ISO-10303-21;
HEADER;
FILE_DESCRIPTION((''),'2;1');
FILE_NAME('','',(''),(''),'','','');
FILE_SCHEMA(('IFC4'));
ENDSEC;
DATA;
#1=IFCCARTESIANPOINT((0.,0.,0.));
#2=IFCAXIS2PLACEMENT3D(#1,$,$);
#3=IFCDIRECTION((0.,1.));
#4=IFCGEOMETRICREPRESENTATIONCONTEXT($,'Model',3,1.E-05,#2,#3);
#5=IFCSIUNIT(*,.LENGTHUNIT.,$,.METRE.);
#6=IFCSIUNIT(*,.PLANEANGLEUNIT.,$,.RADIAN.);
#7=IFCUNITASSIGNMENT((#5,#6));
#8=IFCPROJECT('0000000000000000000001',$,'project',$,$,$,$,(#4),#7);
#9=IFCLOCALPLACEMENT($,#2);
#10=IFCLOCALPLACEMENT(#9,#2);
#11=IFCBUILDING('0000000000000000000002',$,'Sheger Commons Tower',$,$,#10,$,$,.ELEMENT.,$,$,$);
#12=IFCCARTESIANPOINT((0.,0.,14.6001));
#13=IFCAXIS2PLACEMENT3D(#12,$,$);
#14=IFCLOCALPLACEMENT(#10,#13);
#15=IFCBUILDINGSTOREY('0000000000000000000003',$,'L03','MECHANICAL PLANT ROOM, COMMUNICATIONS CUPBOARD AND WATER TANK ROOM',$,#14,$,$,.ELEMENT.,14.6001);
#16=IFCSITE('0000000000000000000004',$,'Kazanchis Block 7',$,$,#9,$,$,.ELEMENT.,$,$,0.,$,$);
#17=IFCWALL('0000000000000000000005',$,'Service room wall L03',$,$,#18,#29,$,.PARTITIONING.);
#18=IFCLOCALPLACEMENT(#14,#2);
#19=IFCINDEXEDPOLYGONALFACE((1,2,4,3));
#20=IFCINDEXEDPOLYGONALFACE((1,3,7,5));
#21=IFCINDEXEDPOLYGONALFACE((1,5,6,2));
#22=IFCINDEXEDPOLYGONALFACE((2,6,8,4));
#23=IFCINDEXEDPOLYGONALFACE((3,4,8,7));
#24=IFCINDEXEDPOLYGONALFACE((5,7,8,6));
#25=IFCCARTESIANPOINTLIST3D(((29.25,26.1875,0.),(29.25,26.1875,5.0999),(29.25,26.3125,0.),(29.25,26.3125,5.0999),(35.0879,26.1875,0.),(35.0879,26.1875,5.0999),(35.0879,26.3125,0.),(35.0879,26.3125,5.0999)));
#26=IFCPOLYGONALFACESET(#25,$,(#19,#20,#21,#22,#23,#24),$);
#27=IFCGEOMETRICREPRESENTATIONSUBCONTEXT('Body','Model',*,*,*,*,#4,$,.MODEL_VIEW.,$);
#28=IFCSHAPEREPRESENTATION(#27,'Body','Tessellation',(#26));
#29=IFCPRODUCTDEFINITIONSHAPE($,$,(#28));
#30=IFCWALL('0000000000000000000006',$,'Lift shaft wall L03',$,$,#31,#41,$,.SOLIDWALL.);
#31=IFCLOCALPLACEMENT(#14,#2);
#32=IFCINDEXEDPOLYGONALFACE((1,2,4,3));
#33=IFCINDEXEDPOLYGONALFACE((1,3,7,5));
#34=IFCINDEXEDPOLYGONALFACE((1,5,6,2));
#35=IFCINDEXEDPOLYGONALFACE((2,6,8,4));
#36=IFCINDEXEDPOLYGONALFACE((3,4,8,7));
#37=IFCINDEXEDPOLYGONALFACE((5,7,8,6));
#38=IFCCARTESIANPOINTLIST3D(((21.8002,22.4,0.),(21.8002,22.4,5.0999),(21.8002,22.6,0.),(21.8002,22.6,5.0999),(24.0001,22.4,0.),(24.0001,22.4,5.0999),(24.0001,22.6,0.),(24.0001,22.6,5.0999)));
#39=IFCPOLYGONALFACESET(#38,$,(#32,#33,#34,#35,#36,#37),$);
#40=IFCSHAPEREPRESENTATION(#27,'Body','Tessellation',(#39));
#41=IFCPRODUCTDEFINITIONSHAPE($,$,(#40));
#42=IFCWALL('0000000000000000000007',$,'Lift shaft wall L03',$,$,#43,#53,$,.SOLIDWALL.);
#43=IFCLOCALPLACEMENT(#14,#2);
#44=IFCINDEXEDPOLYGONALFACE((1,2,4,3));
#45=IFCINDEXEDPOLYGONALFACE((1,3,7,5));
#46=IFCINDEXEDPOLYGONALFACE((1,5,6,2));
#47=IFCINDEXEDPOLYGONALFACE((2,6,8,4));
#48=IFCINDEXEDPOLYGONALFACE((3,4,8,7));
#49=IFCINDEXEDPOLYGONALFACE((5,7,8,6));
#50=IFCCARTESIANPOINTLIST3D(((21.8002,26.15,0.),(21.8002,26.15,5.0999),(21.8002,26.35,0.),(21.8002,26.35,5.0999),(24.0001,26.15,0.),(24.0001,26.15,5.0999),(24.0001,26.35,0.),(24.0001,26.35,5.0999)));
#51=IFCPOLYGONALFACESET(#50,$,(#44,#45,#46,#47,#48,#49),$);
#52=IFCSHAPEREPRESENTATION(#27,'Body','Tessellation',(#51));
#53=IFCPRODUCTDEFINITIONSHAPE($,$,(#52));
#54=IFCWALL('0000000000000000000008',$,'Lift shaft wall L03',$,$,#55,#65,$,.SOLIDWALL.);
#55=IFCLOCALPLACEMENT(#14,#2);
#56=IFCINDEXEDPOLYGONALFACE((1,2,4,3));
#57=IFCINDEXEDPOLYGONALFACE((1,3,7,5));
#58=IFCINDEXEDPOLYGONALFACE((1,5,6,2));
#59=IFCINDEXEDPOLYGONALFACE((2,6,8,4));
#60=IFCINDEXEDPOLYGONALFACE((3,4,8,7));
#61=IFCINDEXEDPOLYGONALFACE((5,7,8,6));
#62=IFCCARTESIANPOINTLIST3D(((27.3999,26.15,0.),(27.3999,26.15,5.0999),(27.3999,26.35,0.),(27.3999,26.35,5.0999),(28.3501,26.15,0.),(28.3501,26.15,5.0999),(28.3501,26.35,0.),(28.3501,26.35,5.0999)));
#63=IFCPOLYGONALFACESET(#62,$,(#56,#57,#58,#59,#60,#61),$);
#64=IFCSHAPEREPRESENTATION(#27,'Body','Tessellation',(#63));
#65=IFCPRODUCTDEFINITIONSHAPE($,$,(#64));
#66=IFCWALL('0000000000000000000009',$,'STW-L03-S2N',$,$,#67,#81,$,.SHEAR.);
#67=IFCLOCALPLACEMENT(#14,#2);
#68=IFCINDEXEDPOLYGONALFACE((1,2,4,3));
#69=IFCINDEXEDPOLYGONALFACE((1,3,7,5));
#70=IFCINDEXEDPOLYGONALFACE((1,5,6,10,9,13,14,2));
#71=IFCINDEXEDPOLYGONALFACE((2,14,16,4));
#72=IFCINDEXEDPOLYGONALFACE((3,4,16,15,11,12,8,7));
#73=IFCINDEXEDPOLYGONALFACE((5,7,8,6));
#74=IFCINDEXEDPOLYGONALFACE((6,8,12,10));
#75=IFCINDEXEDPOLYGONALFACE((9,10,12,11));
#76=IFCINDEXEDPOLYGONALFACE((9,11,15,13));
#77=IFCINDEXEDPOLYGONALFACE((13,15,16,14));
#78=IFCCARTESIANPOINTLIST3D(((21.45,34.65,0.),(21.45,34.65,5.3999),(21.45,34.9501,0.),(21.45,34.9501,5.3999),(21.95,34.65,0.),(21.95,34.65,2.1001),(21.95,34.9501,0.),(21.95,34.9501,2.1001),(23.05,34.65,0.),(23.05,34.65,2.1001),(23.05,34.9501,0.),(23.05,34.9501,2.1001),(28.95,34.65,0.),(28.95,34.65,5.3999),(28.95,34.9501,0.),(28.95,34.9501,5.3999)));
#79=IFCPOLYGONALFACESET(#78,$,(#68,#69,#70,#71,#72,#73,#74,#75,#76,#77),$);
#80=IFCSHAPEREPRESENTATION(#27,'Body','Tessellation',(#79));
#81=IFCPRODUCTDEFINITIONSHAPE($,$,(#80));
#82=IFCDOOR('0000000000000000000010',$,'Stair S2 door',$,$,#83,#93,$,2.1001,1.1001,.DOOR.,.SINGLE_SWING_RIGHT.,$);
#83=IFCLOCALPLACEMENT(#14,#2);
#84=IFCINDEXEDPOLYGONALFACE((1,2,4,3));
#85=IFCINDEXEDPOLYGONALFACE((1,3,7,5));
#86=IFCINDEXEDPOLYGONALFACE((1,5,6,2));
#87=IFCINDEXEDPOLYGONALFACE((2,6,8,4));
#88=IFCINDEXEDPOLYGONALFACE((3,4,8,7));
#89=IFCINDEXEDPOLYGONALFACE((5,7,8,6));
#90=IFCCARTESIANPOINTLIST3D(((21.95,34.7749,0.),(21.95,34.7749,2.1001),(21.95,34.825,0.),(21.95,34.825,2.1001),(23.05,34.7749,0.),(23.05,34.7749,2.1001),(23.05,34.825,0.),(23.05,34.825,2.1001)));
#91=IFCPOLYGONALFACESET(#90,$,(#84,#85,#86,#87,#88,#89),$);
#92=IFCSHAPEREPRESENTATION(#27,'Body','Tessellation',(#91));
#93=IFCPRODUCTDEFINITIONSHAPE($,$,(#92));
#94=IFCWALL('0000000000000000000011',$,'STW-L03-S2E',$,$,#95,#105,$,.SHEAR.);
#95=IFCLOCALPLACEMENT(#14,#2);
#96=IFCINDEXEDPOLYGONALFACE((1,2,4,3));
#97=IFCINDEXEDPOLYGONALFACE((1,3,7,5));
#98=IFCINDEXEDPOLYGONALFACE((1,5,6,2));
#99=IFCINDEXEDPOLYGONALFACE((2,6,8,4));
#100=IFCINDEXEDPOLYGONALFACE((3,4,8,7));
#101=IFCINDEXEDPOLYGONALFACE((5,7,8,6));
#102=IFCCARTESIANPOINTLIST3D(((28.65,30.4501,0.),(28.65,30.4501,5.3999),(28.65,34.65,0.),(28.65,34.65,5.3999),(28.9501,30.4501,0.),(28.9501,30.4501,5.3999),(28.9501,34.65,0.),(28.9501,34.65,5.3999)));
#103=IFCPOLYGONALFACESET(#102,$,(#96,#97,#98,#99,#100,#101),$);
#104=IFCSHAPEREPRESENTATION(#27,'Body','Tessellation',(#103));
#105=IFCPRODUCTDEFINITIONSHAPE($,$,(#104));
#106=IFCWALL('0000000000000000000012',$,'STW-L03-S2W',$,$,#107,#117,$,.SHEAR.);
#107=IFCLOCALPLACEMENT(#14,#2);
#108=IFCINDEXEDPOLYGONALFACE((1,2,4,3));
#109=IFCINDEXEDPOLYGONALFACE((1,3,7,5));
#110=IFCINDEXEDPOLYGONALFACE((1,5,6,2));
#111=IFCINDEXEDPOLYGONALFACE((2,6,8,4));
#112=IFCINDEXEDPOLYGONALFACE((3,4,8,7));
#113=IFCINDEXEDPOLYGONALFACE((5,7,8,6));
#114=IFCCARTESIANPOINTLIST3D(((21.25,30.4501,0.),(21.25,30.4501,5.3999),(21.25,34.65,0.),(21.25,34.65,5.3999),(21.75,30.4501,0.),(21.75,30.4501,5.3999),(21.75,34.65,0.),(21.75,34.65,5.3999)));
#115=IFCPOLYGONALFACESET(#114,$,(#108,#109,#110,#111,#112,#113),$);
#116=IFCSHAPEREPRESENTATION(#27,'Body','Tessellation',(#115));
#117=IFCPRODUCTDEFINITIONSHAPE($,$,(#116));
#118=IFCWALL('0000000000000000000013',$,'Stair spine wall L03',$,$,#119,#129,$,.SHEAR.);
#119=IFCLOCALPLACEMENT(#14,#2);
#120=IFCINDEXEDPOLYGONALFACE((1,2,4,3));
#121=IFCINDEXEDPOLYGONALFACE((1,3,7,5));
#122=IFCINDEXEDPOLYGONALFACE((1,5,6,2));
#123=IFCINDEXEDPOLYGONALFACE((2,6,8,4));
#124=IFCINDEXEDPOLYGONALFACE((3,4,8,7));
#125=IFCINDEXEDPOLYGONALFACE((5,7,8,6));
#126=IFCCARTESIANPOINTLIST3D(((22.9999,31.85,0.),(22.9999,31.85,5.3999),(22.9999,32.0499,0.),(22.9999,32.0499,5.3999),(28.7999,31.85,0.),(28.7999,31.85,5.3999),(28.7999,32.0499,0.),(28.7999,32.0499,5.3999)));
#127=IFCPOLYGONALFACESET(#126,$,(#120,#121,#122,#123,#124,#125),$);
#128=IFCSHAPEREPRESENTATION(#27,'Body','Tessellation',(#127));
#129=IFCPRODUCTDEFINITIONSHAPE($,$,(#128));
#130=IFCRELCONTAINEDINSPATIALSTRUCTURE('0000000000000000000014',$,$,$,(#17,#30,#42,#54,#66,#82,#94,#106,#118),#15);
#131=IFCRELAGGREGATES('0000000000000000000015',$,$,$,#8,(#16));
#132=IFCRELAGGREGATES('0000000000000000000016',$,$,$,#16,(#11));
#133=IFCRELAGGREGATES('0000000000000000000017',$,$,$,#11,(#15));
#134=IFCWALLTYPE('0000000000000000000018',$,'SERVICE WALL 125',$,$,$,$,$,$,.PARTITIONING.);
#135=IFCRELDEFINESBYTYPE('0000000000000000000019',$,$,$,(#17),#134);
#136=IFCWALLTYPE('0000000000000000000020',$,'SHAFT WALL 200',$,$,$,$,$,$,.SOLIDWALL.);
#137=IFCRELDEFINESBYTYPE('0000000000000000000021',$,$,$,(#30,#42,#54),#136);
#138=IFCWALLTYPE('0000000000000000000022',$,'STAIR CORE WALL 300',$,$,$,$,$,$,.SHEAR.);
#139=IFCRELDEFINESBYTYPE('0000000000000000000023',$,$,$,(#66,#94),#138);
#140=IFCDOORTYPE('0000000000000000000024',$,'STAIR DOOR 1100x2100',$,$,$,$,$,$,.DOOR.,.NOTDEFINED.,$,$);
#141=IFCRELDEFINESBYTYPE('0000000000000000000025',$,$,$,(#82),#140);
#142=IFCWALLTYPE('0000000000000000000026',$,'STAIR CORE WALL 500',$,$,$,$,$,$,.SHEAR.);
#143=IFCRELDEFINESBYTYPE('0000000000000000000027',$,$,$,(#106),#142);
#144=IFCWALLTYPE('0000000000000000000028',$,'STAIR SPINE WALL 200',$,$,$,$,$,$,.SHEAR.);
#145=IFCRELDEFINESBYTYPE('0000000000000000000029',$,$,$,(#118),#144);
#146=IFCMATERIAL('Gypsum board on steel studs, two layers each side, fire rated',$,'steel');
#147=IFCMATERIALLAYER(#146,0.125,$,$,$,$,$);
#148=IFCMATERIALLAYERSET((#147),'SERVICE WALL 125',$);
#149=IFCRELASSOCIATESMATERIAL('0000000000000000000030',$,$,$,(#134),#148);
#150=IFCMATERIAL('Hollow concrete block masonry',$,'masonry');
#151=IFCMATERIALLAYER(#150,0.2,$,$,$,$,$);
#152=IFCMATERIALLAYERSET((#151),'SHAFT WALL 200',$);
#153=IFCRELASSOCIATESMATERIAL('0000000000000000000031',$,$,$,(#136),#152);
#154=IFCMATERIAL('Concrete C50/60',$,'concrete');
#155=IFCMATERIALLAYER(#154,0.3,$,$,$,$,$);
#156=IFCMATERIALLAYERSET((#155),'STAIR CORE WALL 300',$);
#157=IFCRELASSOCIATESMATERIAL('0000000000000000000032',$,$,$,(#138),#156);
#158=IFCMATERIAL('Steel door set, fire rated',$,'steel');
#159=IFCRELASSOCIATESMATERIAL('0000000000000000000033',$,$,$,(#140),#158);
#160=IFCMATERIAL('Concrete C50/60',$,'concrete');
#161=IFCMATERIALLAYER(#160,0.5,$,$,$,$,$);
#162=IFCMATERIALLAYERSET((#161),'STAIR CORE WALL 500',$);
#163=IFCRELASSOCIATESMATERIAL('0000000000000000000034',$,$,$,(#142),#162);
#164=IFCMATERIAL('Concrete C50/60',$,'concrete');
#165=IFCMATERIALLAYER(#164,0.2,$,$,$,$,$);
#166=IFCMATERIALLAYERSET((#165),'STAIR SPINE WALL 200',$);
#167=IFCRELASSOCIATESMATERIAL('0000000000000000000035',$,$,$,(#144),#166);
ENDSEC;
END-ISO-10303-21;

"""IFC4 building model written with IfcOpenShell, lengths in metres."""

from ifc_helpers import new_model, si_unit, direction, frame, frame_2d, origin, place, context, subcontext, project, spatial, rectangle, extrude, material, layer, layer_set, type_object, element, fill, save


model = new_model("IFC4")

# Units and contexts
model_context = context("Model", 3, precision=1e-05, world=origin(), true_north=direction((0.0, 1.0)))
body_context = subcontext(model_context, "Body", "Model", "MODEL_VIEW")
ifc_project = project(units=[si_unit("LENGTHUNIT", "METRE"), si_unit("PLANEANGLEUNIT", "RADIAN")], contexts=[model_context])

# Site, building, storey
site_placement = place(None, origin())
site = spatial("IfcSite", under=ifc_project, at=site_placement, Name="Kazanchis Block 7", CompositionType="ELEMENT", RefElevation=0.0)
building_placement = place(site_placement, origin())
building = spatial("IfcBuilding", under=site, at=building_placement, Name="Sheger Commons Tower", CompositionType="ELEMENT")
storey_placement = place(building_placement, frame((0.0, 0.0, 14.6001)))
storey = spatial("IfcBuildingStorey", under=building, at=storey_placement, Name="L03", Description="MECHANICAL PLANT ROOM, COMMUNICATIONS CUPBOARD AND WATER TANK ROOM", CompositionType="ELEMENT", Elevation=14.6001)

# Shared definitions
ifc_material_1 = material(Name="Gypsum board on steel studs, two layers each side, fire rated", Category="steel")
ifc_layer_1 = layer(ifc_material_1, 0.125)
ifc_layer_set_1 = layer_set([ifc_layer_1], Name="SERVICE WALL 125")
wall_type_1 = type_object("IfcWallType", Name="SERVICE WALL 125", PredefinedType="PARTITIONING", material=ifc_layer_set_1)

# Walls
wall_1_placement = place(storey_placement, frame((29.25, 26.25, 0.0), z_axis=(0.0, 0.0, 1.0), x_axis=(1.0, 0.0, 0.0)))
element("IfcWall", 1, at=wall_1_placement, inside=storey, type_object=wall_type_1, Name="Service room wall L03", PredefinedType="PARTITIONING", context=body_context, shape_type="SweptSolid", body=[
    extrude(rectangle(XDim=5.8379, YDim=0.125, at=frame_2d((2.9189, 0.0))), origin(), (0.0, 0.0, 1.0), 5.0999),
])
ifc_material_2 = material(Name="Hollow concrete block masonry", Category="masonry")
ifc_layer_2 = layer(ifc_material_2, 0.2)
ifc_layer_set_2 = layer_set([ifc_layer_2], Name="SHAFT WALL 200")
wall_type_2 = type_object("IfcWallType", Name="SHAFT WALL 200", PredefinedType="SOLIDWALL", material=ifc_layer_set_2)
for number, where, z_axis, x_axis, name in (
    (2, (21.8, 22.5, 0.0), (0.0, 0.0, 1.0), (1.0, 0.0, 0.0), "Lift shaft wall L03"),
    (3, (21.8, 26.25, 0.0), (0.0, 0.0, 1.0), (1.0, 0.0, 0.0), "Lift shaft wall L03"),
):
    element("IfcWall", number, at=place(storey_placement, frame(where, z_axis=z_axis, x_axis=x_axis)), inside=storey, type_object=wall_type_2, Name=name, PredefinedType="SOLIDWALL", context=body_context, shape_type="SweptSolid", body=[
        extrude(rectangle(XDim=2.2, YDim=0.2, at=frame_2d((1.1001, 0.0))), origin(), (0.0, 0.0, 1.0), 5.0999),
    ])
wall_2_placement = place(storey_placement, frame((27.3999, 26.25, 0.0), z_axis=(0.0, 0.0, 1.0), x_axis=(1.0, 0.0, 0.0)))
element("IfcWall", 4, at=wall_2_placement, inside=storey, type_object=wall_type_2, Name="Lift shaft wall L03", PredefinedType="SOLIDWALL", context=body_context, shape_type="SweptSolid", body=[
    extrude(rectangle(XDim=0.9502, YDim=0.2, at=frame_2d((0.4751, 0.0))), origin(), (0.0, 0.0, 1.0), 5.0999),
])

# Wall, opening, door
ifc_material_3 = material(Name="Concrete C50/60", Category="concrete")
ifc_layer_3 = layer(ifc_material_3, 0.3)
ifc_layer_set_3 = layer_set([ifc_layer_3], Name="STAIR CORE WALL 300")
wall_type_3 = type_object("IfcWallType", Name="STAIR CORE WALL 300", PredefinedType="SHEAR", material=ifc_layer_set_3)
wall_3_placement = place(storey_placement, frame((21.45, 34.8, 0.0), z_axis=(0.0, 0.0, 1.0), x_axis=(1.0, 0.0, 0.0)))
wall_3 = element("IfcWall", 5, at=wall_3_placement, inside=storey, type_object=wall_type_3, Name="STW-L03-S2N", PredefinedType="SHEAR", context=body_context, shape_type="SweptSolid", body=[
    extrude(rectangle(XDim=7.5, YDim=0.3, at=frame_2d((3.75, 0.0))), origin(), (0.0, 0.0, 1.0), 5.3999),
])
opening_1_placement = place(wall_3_placement, frame((0.5, 0.0, 0.0)))
opening_1 = element("IfcOpeningElement", 6, at=opening_1_placement, cuts=wall_3, PredefinedType="OPENING", context=body_context, shape_type="SweptSolid", body=[
    extrude(rectangle(XDim=1.1001, YDim=2.1001, at=frame_2d((0.55, 1.05))), frame((0.0, 0.1599, 0.0), z_axis=(0.0, -1.0, 0.0), x_axis=(1.0, 0.0, 0.0)), (0.0, 0.0, 1.0), 0.3201),
])
ifc_material_4 = material(Name="Steel door set, fire rated", Category="steel")
door_type_1 = type_object("IfcDoorType", Name="STAIR DOOR 1100x2100", OperationType="NOTDEFINED", PredefinedType="DOOR", material=ifc_material_4)
door_1_placement = place(opening_1_placement, origin())
door_1 = element("IfcDoor", 7, at=door_1_placement, inside=storey, type_object=door_type_1, Name="Stair S2 door", OperationType="SINGLE_SWING_RIGHT", OverallHeight=2.1001, OverallWidth=1.1001, PredefinedType="DOOR", context=body_context, shape_type="SweptSolid", body=[
    extrude(rectangle(XDim=1.1001, YDim=2.1001, at=frame_2d((0.55, 1.05))), frame((0.0, 0.0249, 0.0), z_axis=(0.0, -1.0, 0.0), x_axis=(1.0, 0.0, 0.0)), (0.0, 0.0, 1.0), 0.05),
])
fill(opening_1, door_1)

# Walls
wall_4_placement = place(storey_placement, frame((28.8, 30.45, 0.0), z_axis=(0.0, 0.0, 1.0), x_axis=(0.0, 1.0, 0.0)))
element("IfcWall", 8, at=wall_4_placement, inside=storey, type_object=wall_type_3, Name="STW-L03-S2E", PredefinedType="SHEAR", context=body_context, shape_type="SweptSolid", body=[
    extrude(rectangle(XDim=4.2, YDim=0.3, at=frame_2d((2.1001, 0.0))), origin(), (0.0, 0.0, 1.0), 5.3999),
])
ifc_material_5 = material(Name="Concrete C50/60", Category="concrete")
ifc_layer_4 = layer(ifc_material_5, 0.5)
ifc_layer_set_4 = layer_set([ifc_layer_4], Name="STAIR CORE WALL 500")
wall_type_4 = type_object("IfcWallType", Name="STAIR CORE WALL 500", PredefinedType="SHEAR", material=ifc_layer_set_4)
wall_5_placement = place(storey_placement, frame((21.5, 30.45, 0.0), z_axis=(0.0, 0.0, 1.0), x_axis=(0.0, 1.0, 0.0)))
element("IfcWall", 9, at=wall_5_placement, inside=storey, type_object=wall_type_4, Name="STW-L03-S2W", PredefinedType="SHEAR", context=body_context, shape_type="SweptSolid", body=[
    extrude(rectangle(XDim=4.2, YDim=0.5, at=frame_2d((2.1001, 0.0))), origin(), (0.0, 0.0, 1.0), 5.3999),
])
ifc_material_6 = material(Name="Concrete C50/60", Category="concrete")
ifc_layer_5 = layer(ifc_material_6, 0.2)
ifc_layer_set_5 = layer_set([ifc_layer_5], Name="STAIR SPINE WALL 200")
wall_type_5 = type_object("IfcWallType", Name="STAIR SPINE WALL 200", PredefinedType="SHEAR", material=ifc_layer_set_5)
wall_6_placement = place(storey_placement, frame((23.0, 31.95, 0.0), z_axis=(0.0, 0.0, 1.0), x_axis=(1.0, 0.0, 0.0)))
element("IfcWall", 10, at=wall_6_placement, inside=storey, type_object=wall_type_5, Name="Stair spine wall L03", PredefinedType="SHEAR", context=body_context, shape_type="SweptSolid", body=[
    extrude(rectangle(XDim=5.8, YDim=0.2, at=frame_2d((2.8999, 0.0))), origin(), (0.0, 0.0, 1.0), 5.3999),
])

save(model, "model.ifc")
